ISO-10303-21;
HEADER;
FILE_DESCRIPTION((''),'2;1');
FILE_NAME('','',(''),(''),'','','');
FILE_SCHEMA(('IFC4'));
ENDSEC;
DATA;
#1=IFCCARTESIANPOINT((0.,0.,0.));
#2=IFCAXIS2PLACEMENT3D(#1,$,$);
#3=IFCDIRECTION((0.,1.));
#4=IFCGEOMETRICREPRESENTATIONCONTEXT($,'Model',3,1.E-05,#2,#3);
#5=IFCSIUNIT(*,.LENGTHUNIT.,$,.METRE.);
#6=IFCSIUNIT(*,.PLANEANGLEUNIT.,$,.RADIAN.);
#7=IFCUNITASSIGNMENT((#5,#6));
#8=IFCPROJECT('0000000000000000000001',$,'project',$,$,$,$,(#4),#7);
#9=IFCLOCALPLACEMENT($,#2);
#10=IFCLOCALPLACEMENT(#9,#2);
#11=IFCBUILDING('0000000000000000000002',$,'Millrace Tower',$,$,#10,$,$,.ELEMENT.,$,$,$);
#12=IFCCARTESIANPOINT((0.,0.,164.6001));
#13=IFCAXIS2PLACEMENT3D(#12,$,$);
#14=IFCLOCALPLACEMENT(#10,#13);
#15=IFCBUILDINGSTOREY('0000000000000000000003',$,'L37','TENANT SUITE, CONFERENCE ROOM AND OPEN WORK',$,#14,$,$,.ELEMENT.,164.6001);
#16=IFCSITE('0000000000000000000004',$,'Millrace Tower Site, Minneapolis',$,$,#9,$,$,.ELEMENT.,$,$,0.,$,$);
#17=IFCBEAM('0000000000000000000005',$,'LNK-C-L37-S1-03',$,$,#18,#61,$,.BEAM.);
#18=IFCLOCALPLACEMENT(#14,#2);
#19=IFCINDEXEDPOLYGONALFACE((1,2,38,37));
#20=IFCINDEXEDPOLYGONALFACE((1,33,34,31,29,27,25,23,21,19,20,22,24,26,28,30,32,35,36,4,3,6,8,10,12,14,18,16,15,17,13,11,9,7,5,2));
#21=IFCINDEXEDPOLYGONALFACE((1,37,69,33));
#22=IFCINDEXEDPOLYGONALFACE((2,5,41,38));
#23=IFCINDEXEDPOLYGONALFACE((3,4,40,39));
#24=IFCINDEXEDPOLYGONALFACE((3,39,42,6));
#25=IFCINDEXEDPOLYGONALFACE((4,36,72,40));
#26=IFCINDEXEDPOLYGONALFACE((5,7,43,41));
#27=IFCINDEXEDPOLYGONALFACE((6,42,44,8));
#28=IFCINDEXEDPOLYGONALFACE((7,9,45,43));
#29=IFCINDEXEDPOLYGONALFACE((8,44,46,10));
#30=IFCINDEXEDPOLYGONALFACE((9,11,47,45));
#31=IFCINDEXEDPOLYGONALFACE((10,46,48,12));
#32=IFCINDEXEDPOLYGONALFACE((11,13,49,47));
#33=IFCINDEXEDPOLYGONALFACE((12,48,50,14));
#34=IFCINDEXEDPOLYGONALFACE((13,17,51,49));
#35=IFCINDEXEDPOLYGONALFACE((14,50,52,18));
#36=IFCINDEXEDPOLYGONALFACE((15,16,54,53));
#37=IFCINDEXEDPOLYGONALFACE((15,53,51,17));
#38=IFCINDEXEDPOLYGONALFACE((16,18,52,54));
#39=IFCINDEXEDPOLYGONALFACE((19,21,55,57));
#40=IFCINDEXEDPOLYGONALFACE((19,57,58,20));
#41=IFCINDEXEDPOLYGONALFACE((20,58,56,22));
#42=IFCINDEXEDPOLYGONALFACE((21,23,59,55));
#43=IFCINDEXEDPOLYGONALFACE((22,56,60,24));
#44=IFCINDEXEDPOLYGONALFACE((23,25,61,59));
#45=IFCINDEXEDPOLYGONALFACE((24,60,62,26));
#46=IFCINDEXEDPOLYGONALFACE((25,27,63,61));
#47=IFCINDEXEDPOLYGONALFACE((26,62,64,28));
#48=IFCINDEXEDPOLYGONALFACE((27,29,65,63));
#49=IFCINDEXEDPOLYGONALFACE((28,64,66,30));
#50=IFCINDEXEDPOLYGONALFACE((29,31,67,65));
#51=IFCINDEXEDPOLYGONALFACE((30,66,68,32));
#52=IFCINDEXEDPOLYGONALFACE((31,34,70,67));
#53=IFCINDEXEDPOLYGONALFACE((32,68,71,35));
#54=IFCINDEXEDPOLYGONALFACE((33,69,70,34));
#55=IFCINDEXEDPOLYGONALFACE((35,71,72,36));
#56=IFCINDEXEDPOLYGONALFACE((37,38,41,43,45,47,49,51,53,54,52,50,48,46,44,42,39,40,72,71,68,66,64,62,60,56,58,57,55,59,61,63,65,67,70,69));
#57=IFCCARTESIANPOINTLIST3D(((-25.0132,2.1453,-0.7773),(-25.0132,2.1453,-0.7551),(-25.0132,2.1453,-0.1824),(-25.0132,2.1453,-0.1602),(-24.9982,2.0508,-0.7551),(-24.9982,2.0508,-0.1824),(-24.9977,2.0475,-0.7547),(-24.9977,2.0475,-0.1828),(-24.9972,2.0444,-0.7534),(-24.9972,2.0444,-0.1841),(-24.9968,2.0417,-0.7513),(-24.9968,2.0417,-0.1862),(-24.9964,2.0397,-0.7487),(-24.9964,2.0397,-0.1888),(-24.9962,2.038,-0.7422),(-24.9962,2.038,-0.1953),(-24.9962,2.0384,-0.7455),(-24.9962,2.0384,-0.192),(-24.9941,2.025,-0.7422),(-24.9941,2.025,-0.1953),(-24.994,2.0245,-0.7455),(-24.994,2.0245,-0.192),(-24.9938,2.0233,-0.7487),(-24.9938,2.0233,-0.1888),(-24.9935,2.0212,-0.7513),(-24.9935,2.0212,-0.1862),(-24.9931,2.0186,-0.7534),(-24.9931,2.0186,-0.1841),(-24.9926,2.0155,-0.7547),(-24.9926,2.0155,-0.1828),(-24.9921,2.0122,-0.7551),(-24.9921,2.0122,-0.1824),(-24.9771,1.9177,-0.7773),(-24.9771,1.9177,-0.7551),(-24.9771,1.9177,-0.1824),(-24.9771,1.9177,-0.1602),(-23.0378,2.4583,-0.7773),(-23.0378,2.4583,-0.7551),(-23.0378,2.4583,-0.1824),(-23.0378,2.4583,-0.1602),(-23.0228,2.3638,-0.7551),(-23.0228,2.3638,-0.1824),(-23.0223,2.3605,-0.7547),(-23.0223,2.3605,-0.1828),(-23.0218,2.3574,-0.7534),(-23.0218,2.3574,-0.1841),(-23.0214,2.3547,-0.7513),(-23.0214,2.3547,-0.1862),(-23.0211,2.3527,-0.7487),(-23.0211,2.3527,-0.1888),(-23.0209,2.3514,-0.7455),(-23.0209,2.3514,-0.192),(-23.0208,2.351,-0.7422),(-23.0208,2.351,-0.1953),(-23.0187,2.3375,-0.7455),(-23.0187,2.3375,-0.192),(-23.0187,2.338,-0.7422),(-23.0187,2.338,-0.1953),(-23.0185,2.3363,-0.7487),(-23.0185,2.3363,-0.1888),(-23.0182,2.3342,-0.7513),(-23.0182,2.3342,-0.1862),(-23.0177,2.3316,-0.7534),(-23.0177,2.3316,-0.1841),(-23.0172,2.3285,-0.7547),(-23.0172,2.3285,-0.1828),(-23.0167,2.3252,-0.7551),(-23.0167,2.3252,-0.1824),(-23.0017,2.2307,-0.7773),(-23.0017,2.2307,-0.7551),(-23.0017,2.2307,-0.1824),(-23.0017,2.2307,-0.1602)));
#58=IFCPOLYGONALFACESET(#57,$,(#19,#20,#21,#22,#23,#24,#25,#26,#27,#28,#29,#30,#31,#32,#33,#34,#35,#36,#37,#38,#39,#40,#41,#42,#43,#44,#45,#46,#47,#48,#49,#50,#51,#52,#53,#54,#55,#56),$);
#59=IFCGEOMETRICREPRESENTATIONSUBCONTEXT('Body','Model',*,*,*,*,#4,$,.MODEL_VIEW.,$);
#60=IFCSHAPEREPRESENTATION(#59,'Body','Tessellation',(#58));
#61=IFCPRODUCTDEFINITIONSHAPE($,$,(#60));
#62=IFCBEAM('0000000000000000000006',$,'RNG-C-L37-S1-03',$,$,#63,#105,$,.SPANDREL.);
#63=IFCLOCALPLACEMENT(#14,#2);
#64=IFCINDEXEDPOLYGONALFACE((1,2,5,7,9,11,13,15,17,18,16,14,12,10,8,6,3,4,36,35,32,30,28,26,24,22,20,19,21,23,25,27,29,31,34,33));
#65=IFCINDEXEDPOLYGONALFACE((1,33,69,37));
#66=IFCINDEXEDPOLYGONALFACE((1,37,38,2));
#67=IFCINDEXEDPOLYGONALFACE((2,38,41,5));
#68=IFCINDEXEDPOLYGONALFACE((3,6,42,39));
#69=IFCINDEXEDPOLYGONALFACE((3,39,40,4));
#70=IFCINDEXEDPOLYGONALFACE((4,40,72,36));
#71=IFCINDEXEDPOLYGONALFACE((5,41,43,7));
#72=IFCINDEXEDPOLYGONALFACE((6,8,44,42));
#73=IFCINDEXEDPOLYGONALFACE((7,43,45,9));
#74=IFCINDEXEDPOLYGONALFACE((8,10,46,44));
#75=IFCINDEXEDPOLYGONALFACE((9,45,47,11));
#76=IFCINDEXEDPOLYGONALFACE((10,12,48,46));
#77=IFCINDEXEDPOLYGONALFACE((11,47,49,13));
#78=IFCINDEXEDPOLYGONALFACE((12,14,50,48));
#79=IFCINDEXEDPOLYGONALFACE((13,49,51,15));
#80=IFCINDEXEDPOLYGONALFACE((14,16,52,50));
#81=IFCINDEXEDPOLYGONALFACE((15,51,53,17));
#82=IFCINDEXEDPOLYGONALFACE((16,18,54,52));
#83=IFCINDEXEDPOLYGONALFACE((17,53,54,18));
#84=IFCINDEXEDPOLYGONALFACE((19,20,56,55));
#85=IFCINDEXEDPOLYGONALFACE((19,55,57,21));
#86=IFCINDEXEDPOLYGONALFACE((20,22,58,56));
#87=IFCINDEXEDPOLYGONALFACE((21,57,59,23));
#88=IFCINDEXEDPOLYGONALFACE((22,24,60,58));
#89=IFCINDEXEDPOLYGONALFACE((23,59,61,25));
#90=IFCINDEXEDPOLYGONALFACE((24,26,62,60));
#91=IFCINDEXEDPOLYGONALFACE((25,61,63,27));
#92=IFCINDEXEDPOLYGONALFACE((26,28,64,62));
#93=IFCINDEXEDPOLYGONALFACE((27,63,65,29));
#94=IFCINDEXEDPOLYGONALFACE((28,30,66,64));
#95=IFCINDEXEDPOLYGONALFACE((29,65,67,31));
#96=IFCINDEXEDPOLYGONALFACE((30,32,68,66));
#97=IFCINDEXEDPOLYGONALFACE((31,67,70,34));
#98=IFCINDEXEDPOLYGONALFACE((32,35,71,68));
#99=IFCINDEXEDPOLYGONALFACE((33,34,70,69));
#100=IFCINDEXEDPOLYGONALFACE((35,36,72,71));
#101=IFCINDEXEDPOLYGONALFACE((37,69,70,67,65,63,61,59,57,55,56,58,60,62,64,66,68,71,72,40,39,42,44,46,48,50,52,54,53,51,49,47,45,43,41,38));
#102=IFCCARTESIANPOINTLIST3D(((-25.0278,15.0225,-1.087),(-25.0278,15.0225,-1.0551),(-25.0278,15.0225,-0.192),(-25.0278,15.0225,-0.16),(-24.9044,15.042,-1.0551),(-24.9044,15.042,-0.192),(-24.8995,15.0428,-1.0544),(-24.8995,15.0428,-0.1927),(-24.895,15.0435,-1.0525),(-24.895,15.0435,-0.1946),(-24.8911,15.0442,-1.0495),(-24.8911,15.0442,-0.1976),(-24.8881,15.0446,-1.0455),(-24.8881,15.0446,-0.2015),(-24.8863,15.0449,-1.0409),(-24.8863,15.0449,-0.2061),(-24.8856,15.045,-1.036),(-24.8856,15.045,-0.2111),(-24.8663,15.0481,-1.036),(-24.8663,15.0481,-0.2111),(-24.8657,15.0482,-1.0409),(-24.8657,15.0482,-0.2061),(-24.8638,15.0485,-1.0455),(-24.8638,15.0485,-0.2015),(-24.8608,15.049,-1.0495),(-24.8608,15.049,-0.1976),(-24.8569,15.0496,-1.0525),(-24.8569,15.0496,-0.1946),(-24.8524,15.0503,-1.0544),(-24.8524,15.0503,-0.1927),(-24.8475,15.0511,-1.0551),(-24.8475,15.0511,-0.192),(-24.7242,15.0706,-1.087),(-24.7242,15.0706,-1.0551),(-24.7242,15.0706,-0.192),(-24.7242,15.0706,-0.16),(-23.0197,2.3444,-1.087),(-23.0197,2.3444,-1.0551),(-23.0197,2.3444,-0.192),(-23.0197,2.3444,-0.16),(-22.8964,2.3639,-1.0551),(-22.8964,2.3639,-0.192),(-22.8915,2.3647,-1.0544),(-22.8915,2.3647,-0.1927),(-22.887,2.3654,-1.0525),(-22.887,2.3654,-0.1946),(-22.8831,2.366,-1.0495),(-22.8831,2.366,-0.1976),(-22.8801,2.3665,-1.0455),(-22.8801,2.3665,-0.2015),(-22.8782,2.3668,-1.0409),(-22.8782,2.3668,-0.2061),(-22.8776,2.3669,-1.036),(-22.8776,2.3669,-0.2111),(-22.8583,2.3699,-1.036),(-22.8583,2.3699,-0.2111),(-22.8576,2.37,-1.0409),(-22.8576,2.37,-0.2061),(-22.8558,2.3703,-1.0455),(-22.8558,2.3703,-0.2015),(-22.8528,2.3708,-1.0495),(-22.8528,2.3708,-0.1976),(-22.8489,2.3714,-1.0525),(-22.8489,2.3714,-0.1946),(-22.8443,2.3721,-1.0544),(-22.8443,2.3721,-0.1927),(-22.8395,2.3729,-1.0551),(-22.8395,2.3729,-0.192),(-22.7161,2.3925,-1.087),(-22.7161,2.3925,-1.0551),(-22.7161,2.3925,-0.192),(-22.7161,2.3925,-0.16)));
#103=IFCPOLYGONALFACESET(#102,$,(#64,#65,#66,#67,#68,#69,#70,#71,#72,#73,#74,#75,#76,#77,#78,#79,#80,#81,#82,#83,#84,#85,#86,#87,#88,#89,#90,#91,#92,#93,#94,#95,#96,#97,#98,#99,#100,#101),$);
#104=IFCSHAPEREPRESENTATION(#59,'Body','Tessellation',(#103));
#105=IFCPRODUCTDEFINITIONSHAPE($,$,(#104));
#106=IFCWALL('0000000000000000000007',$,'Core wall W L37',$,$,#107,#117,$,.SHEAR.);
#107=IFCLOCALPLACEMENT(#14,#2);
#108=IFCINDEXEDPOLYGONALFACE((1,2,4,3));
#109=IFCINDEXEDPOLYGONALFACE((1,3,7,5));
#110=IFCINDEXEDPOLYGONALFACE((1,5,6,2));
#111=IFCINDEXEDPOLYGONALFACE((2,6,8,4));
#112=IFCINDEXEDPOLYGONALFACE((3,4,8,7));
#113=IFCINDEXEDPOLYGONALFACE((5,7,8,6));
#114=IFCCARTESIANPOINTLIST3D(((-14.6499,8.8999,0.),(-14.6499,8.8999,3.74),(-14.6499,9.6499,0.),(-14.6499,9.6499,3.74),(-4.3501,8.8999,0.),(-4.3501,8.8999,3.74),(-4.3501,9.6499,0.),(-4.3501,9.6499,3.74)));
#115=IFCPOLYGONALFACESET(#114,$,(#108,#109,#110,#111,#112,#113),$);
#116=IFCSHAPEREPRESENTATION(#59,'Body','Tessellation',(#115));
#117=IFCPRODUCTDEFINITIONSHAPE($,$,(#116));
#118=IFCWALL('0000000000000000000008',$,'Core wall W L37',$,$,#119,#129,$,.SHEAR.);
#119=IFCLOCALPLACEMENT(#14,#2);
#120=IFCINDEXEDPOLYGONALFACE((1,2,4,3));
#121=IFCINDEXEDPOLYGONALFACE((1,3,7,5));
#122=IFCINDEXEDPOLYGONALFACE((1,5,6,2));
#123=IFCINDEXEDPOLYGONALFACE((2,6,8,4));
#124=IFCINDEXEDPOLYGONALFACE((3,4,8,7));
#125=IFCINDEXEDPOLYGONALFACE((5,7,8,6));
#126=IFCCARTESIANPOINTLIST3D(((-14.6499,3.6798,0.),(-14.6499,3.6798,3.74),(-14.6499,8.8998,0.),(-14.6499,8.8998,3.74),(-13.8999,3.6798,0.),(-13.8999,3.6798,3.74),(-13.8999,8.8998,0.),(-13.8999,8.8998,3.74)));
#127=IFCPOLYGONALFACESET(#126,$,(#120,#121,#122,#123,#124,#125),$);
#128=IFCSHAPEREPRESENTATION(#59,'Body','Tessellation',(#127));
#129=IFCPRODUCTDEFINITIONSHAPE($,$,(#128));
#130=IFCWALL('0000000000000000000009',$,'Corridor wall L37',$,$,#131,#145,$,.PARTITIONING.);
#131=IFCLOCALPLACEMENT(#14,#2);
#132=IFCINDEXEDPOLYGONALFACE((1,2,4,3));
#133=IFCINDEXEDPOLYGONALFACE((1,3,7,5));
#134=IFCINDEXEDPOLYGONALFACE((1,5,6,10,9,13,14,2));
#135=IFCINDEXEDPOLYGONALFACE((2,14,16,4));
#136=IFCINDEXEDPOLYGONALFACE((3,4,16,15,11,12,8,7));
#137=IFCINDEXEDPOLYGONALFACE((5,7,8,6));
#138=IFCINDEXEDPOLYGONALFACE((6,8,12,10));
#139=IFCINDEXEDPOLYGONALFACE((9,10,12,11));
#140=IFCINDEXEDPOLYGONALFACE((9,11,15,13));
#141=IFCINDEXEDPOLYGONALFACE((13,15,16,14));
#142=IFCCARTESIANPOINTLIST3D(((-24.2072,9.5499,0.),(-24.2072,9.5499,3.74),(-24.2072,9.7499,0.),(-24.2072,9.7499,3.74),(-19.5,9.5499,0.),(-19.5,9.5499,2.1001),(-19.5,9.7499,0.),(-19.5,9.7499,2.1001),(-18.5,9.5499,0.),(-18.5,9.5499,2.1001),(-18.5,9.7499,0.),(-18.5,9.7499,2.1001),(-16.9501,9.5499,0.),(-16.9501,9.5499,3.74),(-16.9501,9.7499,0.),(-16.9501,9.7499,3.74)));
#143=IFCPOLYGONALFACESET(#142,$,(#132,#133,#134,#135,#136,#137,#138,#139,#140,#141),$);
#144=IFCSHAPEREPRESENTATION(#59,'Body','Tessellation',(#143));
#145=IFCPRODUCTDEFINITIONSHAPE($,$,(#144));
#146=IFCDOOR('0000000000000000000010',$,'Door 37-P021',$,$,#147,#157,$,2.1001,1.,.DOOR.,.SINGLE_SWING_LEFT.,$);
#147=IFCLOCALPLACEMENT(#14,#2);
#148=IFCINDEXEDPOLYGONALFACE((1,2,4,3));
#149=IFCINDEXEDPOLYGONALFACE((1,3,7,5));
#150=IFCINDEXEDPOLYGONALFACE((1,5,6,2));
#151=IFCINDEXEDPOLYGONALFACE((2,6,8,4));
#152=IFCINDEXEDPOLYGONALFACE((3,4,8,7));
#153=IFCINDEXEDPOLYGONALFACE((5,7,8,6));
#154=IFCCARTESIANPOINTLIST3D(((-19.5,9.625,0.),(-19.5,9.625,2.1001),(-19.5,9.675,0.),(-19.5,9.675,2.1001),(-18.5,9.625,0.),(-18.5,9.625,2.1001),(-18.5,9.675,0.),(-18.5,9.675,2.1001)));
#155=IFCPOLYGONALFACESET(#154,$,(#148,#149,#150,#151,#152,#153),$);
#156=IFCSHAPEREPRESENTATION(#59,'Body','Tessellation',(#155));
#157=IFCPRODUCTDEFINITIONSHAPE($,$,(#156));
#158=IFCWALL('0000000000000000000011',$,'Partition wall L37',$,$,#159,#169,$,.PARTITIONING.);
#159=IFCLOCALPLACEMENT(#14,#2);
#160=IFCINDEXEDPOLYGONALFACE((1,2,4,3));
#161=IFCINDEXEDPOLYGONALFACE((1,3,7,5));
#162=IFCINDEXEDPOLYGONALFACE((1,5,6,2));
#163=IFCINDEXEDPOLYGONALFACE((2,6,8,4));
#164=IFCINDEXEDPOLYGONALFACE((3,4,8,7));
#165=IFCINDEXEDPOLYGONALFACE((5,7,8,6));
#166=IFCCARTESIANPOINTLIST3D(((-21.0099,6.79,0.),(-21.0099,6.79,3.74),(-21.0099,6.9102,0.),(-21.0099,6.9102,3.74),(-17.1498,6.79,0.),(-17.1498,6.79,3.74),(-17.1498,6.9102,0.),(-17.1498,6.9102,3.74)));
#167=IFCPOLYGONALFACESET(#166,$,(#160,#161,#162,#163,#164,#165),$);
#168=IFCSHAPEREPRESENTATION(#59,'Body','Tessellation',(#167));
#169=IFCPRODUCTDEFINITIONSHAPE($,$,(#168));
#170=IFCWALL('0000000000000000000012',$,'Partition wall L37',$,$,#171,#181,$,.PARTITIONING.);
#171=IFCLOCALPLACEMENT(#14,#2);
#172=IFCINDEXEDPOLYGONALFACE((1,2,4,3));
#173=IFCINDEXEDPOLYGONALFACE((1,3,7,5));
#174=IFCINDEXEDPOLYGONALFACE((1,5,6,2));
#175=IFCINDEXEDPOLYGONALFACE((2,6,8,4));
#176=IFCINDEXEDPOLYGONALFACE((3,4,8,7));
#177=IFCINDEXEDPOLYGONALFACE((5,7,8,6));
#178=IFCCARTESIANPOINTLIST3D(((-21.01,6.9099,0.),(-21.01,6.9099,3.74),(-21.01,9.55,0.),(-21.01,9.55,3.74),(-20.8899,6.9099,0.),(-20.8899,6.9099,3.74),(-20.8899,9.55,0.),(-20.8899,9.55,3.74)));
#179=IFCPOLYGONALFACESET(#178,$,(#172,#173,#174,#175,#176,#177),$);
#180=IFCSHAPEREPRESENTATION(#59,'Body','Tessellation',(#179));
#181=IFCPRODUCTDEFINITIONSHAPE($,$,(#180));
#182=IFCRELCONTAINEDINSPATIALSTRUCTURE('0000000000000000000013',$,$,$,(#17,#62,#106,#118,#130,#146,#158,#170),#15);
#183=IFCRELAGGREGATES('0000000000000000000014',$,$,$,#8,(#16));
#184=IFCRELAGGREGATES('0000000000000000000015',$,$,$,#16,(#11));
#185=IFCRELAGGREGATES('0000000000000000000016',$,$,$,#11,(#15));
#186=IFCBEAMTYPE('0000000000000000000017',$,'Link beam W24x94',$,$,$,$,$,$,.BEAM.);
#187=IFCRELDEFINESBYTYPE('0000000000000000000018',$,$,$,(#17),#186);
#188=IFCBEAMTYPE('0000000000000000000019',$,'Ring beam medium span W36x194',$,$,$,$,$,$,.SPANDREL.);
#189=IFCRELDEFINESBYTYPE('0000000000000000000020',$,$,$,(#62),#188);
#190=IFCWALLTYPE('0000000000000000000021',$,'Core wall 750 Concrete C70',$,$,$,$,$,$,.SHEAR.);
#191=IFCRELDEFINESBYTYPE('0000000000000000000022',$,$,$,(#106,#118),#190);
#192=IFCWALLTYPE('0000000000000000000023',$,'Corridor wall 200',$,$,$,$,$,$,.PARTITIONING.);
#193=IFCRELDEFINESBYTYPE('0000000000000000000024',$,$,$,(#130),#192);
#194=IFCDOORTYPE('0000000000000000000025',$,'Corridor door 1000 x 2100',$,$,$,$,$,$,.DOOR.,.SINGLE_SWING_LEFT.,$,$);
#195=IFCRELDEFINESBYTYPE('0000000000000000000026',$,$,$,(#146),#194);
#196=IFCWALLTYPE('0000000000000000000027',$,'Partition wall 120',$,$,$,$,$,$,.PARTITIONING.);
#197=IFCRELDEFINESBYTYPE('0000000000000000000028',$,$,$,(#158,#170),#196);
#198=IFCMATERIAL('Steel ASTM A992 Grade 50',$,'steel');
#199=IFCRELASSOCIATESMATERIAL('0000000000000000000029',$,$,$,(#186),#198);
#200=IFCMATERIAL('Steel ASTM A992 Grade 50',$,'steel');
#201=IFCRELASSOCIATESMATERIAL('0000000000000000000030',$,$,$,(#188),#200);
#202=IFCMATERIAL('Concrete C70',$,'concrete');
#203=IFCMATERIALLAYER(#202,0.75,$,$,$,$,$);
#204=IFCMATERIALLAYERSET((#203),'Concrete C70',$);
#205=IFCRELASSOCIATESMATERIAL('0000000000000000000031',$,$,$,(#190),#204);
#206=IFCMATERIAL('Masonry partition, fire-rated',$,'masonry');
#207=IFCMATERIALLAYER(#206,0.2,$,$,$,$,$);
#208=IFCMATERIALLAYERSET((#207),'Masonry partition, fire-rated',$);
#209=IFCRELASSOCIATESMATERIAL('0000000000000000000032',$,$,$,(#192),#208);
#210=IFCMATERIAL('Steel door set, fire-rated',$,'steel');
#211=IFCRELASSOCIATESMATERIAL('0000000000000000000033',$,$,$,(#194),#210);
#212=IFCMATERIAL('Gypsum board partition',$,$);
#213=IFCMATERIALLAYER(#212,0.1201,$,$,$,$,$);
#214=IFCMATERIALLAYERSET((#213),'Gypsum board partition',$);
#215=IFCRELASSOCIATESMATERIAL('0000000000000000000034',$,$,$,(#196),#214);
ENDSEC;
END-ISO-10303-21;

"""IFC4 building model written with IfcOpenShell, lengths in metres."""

from ifc_helpers import new_model, si_unit, direction, frame, frame_2d, origin, origin_2d, place, context, subcontext, project, spatial, rectangle, i_section, extrude, material, layer, layer_set, material_profile, profile_set, type_object, element, fill, save


model = new_model("IFC4")

# Units and contexts
model_context = context("Model", 3, precision=1e-05, world=origin(), true_north=direction((0.0, 1.0)))
body_context = subcontext(model_context, "Body", "Model", "MODEL_VIEW")
ifc_project = project(units=[si_unit("LENGTHUNIT", "METRE"), si_unit("PLANEANGLEUNIT", "RADIAN")], contexts=[model_context])

# Site, building, storey
site_placement = place(None, origin())
site = spatial("IfcSite", under=ifc_project, at=site_placement, Name="Millrace Tower Site, Minneapolis", CompositionType="ELEMENT", RefElevation=0.0)
building_placement = place(site_placement, origin())
building = spatial("IfcBuilding", under=site, at=building_placement, Name="Millrace Tower", CompositionType="ELEMENT")
storey_placement = place(building_placement, frame((0.0, 0.0, 164.6001)))
storey = spatial("IfcBuildingStorey", under=building, at=storey_placement, Name="L37", Description="TENANT SUITE, CONFERENCE ROOM AND OPEN WORK", CompositionType="ELEMENT", Elevation=164.6001)

# Beams
ifc_material_1 = material(Name="Steel ASTM A992 Grade 50", Category="steel")
ifc_material_profile_1 = material_profile(ifc_material_1, i_section(OverallWidth=0.2305, OverallDepth=0.6172, WebThickness=0.0132, FlangeThickness=0.0222, FilletRadius=0.0129, at=origin_2d()))
ifc_profile_set_1 = profile_set([ifc_material_profile_1], Name="Steel ASTM A992 Grade 50")
beam_type_1 = type_object("IfcBeamType", Name="Link beam W24x94", PredefinedType="BEAM", material=ifc_profile_set_1)
beam_1_placement = place(storey_placement, frame((-23.0198, 2.3445, -0.4688), z_axis=(-0.987679, -0.156495, 0.0), x_axis=(0.156495, -0.987679, 0.0)))
element("IfcBeam", 1, at=beam_1_placement, inside=storey, type_object=beam_type_1, Name="LNK-C-L37-S1-03", PredefinedType="BEAM", context=body_context, shape_type="SweptSolid", body=[
    extrude(i_section(OverallWidth=0.2305, OverallDepth=0.6172, WebThickness=0.0132, FlangeThickness=0.0222, FilletRadius=0.0129, at=origin_2d()), origin(), (0.0, 0.0, 1.0), 2.0),
])
ifc_material_2 = material(Name="Steel ASTM A992 Grade 50", Category="steel")
ifc_material_profile_2 = material_profile(ifc_material_2, i_section(OverallWidth=0.3074, OverallDepth=0.927, WebThickness=0.0195, FlangeThickness=0.032, FilletRadius=0.019, at=origin_2d()))
ifc_profile_set_2 = profile_set([ifc_material_profile_2], Name="Steel ASTM A992 Grade 50")
beam_type_2 = type_object("IfcBeamType", Name="Ring beam medium span W36x194", PredefinedType="SPANDREL", material=ifc_profile_set_2)
beam_2_placement = place(storey_placement, frame((-22.8679, 2.3684, -0.6235), z_axis=(-0.156436, 0.987688, 0.0), x_axis=(-0.987688, -0.156436, 0.0)))
element("IfcBeam", 2, at=beam_2_placement, inside=storey, type_object=beam_type_2, Name="RNG-C-L37-S1-03", PredefinedType="SPANDREL", context=body_context, shape_type="SweptSolid", body=[
    extrude(i_section(OverallWidth=0.3074, OverallDepth=0.927, WebThickness=0.0195, FlangeThickness=0.032, FilletRadius=0.019, at=origin_2d()), origin(), (0.0, 0.0, 1.0), 12.8362),
])

# Walls
ifc_material_3 = material(Name="Concrete C70", Category="concrete")
ifc_layer_1 = layer(ifc_material_3, 0.75)
ifc_layer_set_1 = layer_set([ifc_layer_1], Name="Concrete C70")
wall_type_1 = type_object("IfcWallType", Name="Core wall 750 Concrete C70", PredefinedType="SHEAR", material=ifc_layer_set_1)
wall_1_placement = place(storey_placement, frame((-14.6499, 9.2749, 0.0), z_axis=(0.0, 0.0, 1.0), x_axis=(1.0, 0.0, 0.0)))
element("IfcWall", 3, at=wall_1_placement, inside=storey, type_object=wall_type_1, Name="Core wall W L37", PredefinedType="SHEAR", context=body_context, shape_type="SweptSolid", body=[
    extrude(rectangle(XDim=10.2998, YDim=0.75, at=frame_2d((5.1499, 0.0))), origin(), (0.0, 0.0, 1.0), 3.74),
])
wall_2_placement = place(storey_placement, frame((-14.2749, 3.6799, 0.0), z_axis=(0.0, 0.0, 1.0), x_axis=(0.0, 1.0, 0.0)))
element("IfcWall", 4, at=wall_2_placement, inside=storey, type_object=wall_type_1, Name="Core wall W L37", PredefinedType="SHEAR", context=body_context, shape_type="SweptSolid", body=[
    extrude(rectangle(XDim=5.22, YDim=0.75, at=frame_2d((2.6099, 0.0))), origin(), (0.0, 0.0, 1.0), 3.74),
])

# Wall, opening, door
ifc_material_4 = material(Name="Masonry partition, fire-rated", Category="masonry")
ifc_layer_2 = layer(ifc_material_4, 0.2)
ifc_layer_set_2 = layer_set([ifc_layer_2], Name="Masonry partition, fire-rated")
wall_type_2 = type_object("IfcWallType", Name="Corridor wall 200", PredefinedType="PARTITIONING", material=ifc_layer_set_2)
wall_3_placement = place(storey_placement, frame((-24.207, 9.6499, 0.0), z_axis=(0.0, 0.0, 1.0), x_axis=(1.0, 0.0, 0.0)))
wall_3 = element("IfcWall", 5, at=wall_3_placement, inside=storey, type_object=wall_type_2, Name="Corridor wall L37", PredefinedType="PARTITIONING", context=body_context, shape_type="SweptSolid", body=[
    extrude(rectangle(XDim=7.2571, YDim=0.2, at=frame_2d((3.6284, 0.0))), origin(), (0.0, 0.0, 1.0), 3.74),
])
opening_1_placement = place(wall_3_placement, frame((4.707, 0.0, 0.0)))
opening_1 = element("IfcOpeningElement", 6, at=opening_1_placement, cuts=wall_3, PredefinedType="OPENING", context=body_context, shape_type="SweptSolid", body=[
    extrude(rectangle(XDim=1.0, YDim=2.1001, at=frame_2d((0.5, 1.05))), frame((0.0, 0.1099, 0.0), z_axis=(0.0, -1.0, 0.0), x_axis=(1.0, 0.0, 0.0)), (0.0, 0.0, 1.0), 0.22),
])
ifc_material_5 = material(Name="Steel door set, fire-rated", Category="steel")
door_type_1 = type_object("IfcDoorType", Name="Corridor door 1000 x 2100", OperationType="SINGLE_SWING_LEFT", PredefinedType="DOOR", material=ifc_material_5)
door_1_placement = place(opening_1_placement, frame((1.0, 0.0, 0.0), z_axis=(0.0, 0.0, 1.0), x_axis=(-1.0, 0.0, 0.0)))
door_1 = element("IfcDoor", 7, at=door_1_placement, inside=storey, type_object=door_type_1, Name="Door 37-P021", OperationType="SINGLE_SWING_LEFT", OverallHeight=2.1001, OverallWidth=1.0, PredefinedType="DOOR", context=body_context, shape_type="SweptSolid", body=[
    extrude(rectangle(XDim=1.0, YDim=2.1001, at=frame_2d((0.5, 1.05))), frame((0.0, 0.0249, 0.0), z_axis=(0.0, -1.0, 0.0), x_axis=(1.0, 0.0, 0.0)), (0.0, 0.0, 1.0), 0.05),
])
fill(opening_1, door_1)

# Walls
ifc_material_6 = material(Name="Gypsum board partition")
ifc_layer_3 = layer(ifc_material_6, 0.1201)
ifc_layer_set_3 = layer_set([ifc_layer_3], Name="Gypsum board partition")
wall_type_3 = type_object("IfcWallType", Name="Partition wall 120", PredefinedType="PARTITIONING", material=ifc_layer_set_3)
wall_4_placement = place(storey_placement, frame((-21.01, 6.8501, 0.0), z_axis=(0.0, 0.0, 1.0), x_axis=(1.0, 0.0, 0.0)))
element("IfcWall", 8, at=wall_4_placement, inside=storey, type_object=wall_type_3, Name="Partition wall L37", PredefinedType="PARTITIONING", context=body_context, shape_type="SweptSolid", body=[
    extrude(rectangle(XDim=3.8601, YDim=0.1201, at=frame_2d((1.9302, 0.0))), origin(), (0.0, 0.0, 1.0), 3.74),
])
wall_5_placement = place(storey_placement, frame((-20.95, 6.9099, 0.0), z_axis=(0.0, 0.0, 1.0), x_axis=(0.0, 1.0, 0.0)))
element("IfcWall", 9, at=wall_5_placement, inside=storey, type_object=wall_type_3, Name="Partition wall L37", PredefinedType="PARTITIONING", context=body_context, shape_type="SweptSolid", body=[
    extrude(rectangle(XDim=2.6401, YDim=0.1201, at=frame_2d((1.3201, 0.0))), origin(), (0.0, 0.0, 1.0), 3.74),
])

save(model, "model.ifc")
